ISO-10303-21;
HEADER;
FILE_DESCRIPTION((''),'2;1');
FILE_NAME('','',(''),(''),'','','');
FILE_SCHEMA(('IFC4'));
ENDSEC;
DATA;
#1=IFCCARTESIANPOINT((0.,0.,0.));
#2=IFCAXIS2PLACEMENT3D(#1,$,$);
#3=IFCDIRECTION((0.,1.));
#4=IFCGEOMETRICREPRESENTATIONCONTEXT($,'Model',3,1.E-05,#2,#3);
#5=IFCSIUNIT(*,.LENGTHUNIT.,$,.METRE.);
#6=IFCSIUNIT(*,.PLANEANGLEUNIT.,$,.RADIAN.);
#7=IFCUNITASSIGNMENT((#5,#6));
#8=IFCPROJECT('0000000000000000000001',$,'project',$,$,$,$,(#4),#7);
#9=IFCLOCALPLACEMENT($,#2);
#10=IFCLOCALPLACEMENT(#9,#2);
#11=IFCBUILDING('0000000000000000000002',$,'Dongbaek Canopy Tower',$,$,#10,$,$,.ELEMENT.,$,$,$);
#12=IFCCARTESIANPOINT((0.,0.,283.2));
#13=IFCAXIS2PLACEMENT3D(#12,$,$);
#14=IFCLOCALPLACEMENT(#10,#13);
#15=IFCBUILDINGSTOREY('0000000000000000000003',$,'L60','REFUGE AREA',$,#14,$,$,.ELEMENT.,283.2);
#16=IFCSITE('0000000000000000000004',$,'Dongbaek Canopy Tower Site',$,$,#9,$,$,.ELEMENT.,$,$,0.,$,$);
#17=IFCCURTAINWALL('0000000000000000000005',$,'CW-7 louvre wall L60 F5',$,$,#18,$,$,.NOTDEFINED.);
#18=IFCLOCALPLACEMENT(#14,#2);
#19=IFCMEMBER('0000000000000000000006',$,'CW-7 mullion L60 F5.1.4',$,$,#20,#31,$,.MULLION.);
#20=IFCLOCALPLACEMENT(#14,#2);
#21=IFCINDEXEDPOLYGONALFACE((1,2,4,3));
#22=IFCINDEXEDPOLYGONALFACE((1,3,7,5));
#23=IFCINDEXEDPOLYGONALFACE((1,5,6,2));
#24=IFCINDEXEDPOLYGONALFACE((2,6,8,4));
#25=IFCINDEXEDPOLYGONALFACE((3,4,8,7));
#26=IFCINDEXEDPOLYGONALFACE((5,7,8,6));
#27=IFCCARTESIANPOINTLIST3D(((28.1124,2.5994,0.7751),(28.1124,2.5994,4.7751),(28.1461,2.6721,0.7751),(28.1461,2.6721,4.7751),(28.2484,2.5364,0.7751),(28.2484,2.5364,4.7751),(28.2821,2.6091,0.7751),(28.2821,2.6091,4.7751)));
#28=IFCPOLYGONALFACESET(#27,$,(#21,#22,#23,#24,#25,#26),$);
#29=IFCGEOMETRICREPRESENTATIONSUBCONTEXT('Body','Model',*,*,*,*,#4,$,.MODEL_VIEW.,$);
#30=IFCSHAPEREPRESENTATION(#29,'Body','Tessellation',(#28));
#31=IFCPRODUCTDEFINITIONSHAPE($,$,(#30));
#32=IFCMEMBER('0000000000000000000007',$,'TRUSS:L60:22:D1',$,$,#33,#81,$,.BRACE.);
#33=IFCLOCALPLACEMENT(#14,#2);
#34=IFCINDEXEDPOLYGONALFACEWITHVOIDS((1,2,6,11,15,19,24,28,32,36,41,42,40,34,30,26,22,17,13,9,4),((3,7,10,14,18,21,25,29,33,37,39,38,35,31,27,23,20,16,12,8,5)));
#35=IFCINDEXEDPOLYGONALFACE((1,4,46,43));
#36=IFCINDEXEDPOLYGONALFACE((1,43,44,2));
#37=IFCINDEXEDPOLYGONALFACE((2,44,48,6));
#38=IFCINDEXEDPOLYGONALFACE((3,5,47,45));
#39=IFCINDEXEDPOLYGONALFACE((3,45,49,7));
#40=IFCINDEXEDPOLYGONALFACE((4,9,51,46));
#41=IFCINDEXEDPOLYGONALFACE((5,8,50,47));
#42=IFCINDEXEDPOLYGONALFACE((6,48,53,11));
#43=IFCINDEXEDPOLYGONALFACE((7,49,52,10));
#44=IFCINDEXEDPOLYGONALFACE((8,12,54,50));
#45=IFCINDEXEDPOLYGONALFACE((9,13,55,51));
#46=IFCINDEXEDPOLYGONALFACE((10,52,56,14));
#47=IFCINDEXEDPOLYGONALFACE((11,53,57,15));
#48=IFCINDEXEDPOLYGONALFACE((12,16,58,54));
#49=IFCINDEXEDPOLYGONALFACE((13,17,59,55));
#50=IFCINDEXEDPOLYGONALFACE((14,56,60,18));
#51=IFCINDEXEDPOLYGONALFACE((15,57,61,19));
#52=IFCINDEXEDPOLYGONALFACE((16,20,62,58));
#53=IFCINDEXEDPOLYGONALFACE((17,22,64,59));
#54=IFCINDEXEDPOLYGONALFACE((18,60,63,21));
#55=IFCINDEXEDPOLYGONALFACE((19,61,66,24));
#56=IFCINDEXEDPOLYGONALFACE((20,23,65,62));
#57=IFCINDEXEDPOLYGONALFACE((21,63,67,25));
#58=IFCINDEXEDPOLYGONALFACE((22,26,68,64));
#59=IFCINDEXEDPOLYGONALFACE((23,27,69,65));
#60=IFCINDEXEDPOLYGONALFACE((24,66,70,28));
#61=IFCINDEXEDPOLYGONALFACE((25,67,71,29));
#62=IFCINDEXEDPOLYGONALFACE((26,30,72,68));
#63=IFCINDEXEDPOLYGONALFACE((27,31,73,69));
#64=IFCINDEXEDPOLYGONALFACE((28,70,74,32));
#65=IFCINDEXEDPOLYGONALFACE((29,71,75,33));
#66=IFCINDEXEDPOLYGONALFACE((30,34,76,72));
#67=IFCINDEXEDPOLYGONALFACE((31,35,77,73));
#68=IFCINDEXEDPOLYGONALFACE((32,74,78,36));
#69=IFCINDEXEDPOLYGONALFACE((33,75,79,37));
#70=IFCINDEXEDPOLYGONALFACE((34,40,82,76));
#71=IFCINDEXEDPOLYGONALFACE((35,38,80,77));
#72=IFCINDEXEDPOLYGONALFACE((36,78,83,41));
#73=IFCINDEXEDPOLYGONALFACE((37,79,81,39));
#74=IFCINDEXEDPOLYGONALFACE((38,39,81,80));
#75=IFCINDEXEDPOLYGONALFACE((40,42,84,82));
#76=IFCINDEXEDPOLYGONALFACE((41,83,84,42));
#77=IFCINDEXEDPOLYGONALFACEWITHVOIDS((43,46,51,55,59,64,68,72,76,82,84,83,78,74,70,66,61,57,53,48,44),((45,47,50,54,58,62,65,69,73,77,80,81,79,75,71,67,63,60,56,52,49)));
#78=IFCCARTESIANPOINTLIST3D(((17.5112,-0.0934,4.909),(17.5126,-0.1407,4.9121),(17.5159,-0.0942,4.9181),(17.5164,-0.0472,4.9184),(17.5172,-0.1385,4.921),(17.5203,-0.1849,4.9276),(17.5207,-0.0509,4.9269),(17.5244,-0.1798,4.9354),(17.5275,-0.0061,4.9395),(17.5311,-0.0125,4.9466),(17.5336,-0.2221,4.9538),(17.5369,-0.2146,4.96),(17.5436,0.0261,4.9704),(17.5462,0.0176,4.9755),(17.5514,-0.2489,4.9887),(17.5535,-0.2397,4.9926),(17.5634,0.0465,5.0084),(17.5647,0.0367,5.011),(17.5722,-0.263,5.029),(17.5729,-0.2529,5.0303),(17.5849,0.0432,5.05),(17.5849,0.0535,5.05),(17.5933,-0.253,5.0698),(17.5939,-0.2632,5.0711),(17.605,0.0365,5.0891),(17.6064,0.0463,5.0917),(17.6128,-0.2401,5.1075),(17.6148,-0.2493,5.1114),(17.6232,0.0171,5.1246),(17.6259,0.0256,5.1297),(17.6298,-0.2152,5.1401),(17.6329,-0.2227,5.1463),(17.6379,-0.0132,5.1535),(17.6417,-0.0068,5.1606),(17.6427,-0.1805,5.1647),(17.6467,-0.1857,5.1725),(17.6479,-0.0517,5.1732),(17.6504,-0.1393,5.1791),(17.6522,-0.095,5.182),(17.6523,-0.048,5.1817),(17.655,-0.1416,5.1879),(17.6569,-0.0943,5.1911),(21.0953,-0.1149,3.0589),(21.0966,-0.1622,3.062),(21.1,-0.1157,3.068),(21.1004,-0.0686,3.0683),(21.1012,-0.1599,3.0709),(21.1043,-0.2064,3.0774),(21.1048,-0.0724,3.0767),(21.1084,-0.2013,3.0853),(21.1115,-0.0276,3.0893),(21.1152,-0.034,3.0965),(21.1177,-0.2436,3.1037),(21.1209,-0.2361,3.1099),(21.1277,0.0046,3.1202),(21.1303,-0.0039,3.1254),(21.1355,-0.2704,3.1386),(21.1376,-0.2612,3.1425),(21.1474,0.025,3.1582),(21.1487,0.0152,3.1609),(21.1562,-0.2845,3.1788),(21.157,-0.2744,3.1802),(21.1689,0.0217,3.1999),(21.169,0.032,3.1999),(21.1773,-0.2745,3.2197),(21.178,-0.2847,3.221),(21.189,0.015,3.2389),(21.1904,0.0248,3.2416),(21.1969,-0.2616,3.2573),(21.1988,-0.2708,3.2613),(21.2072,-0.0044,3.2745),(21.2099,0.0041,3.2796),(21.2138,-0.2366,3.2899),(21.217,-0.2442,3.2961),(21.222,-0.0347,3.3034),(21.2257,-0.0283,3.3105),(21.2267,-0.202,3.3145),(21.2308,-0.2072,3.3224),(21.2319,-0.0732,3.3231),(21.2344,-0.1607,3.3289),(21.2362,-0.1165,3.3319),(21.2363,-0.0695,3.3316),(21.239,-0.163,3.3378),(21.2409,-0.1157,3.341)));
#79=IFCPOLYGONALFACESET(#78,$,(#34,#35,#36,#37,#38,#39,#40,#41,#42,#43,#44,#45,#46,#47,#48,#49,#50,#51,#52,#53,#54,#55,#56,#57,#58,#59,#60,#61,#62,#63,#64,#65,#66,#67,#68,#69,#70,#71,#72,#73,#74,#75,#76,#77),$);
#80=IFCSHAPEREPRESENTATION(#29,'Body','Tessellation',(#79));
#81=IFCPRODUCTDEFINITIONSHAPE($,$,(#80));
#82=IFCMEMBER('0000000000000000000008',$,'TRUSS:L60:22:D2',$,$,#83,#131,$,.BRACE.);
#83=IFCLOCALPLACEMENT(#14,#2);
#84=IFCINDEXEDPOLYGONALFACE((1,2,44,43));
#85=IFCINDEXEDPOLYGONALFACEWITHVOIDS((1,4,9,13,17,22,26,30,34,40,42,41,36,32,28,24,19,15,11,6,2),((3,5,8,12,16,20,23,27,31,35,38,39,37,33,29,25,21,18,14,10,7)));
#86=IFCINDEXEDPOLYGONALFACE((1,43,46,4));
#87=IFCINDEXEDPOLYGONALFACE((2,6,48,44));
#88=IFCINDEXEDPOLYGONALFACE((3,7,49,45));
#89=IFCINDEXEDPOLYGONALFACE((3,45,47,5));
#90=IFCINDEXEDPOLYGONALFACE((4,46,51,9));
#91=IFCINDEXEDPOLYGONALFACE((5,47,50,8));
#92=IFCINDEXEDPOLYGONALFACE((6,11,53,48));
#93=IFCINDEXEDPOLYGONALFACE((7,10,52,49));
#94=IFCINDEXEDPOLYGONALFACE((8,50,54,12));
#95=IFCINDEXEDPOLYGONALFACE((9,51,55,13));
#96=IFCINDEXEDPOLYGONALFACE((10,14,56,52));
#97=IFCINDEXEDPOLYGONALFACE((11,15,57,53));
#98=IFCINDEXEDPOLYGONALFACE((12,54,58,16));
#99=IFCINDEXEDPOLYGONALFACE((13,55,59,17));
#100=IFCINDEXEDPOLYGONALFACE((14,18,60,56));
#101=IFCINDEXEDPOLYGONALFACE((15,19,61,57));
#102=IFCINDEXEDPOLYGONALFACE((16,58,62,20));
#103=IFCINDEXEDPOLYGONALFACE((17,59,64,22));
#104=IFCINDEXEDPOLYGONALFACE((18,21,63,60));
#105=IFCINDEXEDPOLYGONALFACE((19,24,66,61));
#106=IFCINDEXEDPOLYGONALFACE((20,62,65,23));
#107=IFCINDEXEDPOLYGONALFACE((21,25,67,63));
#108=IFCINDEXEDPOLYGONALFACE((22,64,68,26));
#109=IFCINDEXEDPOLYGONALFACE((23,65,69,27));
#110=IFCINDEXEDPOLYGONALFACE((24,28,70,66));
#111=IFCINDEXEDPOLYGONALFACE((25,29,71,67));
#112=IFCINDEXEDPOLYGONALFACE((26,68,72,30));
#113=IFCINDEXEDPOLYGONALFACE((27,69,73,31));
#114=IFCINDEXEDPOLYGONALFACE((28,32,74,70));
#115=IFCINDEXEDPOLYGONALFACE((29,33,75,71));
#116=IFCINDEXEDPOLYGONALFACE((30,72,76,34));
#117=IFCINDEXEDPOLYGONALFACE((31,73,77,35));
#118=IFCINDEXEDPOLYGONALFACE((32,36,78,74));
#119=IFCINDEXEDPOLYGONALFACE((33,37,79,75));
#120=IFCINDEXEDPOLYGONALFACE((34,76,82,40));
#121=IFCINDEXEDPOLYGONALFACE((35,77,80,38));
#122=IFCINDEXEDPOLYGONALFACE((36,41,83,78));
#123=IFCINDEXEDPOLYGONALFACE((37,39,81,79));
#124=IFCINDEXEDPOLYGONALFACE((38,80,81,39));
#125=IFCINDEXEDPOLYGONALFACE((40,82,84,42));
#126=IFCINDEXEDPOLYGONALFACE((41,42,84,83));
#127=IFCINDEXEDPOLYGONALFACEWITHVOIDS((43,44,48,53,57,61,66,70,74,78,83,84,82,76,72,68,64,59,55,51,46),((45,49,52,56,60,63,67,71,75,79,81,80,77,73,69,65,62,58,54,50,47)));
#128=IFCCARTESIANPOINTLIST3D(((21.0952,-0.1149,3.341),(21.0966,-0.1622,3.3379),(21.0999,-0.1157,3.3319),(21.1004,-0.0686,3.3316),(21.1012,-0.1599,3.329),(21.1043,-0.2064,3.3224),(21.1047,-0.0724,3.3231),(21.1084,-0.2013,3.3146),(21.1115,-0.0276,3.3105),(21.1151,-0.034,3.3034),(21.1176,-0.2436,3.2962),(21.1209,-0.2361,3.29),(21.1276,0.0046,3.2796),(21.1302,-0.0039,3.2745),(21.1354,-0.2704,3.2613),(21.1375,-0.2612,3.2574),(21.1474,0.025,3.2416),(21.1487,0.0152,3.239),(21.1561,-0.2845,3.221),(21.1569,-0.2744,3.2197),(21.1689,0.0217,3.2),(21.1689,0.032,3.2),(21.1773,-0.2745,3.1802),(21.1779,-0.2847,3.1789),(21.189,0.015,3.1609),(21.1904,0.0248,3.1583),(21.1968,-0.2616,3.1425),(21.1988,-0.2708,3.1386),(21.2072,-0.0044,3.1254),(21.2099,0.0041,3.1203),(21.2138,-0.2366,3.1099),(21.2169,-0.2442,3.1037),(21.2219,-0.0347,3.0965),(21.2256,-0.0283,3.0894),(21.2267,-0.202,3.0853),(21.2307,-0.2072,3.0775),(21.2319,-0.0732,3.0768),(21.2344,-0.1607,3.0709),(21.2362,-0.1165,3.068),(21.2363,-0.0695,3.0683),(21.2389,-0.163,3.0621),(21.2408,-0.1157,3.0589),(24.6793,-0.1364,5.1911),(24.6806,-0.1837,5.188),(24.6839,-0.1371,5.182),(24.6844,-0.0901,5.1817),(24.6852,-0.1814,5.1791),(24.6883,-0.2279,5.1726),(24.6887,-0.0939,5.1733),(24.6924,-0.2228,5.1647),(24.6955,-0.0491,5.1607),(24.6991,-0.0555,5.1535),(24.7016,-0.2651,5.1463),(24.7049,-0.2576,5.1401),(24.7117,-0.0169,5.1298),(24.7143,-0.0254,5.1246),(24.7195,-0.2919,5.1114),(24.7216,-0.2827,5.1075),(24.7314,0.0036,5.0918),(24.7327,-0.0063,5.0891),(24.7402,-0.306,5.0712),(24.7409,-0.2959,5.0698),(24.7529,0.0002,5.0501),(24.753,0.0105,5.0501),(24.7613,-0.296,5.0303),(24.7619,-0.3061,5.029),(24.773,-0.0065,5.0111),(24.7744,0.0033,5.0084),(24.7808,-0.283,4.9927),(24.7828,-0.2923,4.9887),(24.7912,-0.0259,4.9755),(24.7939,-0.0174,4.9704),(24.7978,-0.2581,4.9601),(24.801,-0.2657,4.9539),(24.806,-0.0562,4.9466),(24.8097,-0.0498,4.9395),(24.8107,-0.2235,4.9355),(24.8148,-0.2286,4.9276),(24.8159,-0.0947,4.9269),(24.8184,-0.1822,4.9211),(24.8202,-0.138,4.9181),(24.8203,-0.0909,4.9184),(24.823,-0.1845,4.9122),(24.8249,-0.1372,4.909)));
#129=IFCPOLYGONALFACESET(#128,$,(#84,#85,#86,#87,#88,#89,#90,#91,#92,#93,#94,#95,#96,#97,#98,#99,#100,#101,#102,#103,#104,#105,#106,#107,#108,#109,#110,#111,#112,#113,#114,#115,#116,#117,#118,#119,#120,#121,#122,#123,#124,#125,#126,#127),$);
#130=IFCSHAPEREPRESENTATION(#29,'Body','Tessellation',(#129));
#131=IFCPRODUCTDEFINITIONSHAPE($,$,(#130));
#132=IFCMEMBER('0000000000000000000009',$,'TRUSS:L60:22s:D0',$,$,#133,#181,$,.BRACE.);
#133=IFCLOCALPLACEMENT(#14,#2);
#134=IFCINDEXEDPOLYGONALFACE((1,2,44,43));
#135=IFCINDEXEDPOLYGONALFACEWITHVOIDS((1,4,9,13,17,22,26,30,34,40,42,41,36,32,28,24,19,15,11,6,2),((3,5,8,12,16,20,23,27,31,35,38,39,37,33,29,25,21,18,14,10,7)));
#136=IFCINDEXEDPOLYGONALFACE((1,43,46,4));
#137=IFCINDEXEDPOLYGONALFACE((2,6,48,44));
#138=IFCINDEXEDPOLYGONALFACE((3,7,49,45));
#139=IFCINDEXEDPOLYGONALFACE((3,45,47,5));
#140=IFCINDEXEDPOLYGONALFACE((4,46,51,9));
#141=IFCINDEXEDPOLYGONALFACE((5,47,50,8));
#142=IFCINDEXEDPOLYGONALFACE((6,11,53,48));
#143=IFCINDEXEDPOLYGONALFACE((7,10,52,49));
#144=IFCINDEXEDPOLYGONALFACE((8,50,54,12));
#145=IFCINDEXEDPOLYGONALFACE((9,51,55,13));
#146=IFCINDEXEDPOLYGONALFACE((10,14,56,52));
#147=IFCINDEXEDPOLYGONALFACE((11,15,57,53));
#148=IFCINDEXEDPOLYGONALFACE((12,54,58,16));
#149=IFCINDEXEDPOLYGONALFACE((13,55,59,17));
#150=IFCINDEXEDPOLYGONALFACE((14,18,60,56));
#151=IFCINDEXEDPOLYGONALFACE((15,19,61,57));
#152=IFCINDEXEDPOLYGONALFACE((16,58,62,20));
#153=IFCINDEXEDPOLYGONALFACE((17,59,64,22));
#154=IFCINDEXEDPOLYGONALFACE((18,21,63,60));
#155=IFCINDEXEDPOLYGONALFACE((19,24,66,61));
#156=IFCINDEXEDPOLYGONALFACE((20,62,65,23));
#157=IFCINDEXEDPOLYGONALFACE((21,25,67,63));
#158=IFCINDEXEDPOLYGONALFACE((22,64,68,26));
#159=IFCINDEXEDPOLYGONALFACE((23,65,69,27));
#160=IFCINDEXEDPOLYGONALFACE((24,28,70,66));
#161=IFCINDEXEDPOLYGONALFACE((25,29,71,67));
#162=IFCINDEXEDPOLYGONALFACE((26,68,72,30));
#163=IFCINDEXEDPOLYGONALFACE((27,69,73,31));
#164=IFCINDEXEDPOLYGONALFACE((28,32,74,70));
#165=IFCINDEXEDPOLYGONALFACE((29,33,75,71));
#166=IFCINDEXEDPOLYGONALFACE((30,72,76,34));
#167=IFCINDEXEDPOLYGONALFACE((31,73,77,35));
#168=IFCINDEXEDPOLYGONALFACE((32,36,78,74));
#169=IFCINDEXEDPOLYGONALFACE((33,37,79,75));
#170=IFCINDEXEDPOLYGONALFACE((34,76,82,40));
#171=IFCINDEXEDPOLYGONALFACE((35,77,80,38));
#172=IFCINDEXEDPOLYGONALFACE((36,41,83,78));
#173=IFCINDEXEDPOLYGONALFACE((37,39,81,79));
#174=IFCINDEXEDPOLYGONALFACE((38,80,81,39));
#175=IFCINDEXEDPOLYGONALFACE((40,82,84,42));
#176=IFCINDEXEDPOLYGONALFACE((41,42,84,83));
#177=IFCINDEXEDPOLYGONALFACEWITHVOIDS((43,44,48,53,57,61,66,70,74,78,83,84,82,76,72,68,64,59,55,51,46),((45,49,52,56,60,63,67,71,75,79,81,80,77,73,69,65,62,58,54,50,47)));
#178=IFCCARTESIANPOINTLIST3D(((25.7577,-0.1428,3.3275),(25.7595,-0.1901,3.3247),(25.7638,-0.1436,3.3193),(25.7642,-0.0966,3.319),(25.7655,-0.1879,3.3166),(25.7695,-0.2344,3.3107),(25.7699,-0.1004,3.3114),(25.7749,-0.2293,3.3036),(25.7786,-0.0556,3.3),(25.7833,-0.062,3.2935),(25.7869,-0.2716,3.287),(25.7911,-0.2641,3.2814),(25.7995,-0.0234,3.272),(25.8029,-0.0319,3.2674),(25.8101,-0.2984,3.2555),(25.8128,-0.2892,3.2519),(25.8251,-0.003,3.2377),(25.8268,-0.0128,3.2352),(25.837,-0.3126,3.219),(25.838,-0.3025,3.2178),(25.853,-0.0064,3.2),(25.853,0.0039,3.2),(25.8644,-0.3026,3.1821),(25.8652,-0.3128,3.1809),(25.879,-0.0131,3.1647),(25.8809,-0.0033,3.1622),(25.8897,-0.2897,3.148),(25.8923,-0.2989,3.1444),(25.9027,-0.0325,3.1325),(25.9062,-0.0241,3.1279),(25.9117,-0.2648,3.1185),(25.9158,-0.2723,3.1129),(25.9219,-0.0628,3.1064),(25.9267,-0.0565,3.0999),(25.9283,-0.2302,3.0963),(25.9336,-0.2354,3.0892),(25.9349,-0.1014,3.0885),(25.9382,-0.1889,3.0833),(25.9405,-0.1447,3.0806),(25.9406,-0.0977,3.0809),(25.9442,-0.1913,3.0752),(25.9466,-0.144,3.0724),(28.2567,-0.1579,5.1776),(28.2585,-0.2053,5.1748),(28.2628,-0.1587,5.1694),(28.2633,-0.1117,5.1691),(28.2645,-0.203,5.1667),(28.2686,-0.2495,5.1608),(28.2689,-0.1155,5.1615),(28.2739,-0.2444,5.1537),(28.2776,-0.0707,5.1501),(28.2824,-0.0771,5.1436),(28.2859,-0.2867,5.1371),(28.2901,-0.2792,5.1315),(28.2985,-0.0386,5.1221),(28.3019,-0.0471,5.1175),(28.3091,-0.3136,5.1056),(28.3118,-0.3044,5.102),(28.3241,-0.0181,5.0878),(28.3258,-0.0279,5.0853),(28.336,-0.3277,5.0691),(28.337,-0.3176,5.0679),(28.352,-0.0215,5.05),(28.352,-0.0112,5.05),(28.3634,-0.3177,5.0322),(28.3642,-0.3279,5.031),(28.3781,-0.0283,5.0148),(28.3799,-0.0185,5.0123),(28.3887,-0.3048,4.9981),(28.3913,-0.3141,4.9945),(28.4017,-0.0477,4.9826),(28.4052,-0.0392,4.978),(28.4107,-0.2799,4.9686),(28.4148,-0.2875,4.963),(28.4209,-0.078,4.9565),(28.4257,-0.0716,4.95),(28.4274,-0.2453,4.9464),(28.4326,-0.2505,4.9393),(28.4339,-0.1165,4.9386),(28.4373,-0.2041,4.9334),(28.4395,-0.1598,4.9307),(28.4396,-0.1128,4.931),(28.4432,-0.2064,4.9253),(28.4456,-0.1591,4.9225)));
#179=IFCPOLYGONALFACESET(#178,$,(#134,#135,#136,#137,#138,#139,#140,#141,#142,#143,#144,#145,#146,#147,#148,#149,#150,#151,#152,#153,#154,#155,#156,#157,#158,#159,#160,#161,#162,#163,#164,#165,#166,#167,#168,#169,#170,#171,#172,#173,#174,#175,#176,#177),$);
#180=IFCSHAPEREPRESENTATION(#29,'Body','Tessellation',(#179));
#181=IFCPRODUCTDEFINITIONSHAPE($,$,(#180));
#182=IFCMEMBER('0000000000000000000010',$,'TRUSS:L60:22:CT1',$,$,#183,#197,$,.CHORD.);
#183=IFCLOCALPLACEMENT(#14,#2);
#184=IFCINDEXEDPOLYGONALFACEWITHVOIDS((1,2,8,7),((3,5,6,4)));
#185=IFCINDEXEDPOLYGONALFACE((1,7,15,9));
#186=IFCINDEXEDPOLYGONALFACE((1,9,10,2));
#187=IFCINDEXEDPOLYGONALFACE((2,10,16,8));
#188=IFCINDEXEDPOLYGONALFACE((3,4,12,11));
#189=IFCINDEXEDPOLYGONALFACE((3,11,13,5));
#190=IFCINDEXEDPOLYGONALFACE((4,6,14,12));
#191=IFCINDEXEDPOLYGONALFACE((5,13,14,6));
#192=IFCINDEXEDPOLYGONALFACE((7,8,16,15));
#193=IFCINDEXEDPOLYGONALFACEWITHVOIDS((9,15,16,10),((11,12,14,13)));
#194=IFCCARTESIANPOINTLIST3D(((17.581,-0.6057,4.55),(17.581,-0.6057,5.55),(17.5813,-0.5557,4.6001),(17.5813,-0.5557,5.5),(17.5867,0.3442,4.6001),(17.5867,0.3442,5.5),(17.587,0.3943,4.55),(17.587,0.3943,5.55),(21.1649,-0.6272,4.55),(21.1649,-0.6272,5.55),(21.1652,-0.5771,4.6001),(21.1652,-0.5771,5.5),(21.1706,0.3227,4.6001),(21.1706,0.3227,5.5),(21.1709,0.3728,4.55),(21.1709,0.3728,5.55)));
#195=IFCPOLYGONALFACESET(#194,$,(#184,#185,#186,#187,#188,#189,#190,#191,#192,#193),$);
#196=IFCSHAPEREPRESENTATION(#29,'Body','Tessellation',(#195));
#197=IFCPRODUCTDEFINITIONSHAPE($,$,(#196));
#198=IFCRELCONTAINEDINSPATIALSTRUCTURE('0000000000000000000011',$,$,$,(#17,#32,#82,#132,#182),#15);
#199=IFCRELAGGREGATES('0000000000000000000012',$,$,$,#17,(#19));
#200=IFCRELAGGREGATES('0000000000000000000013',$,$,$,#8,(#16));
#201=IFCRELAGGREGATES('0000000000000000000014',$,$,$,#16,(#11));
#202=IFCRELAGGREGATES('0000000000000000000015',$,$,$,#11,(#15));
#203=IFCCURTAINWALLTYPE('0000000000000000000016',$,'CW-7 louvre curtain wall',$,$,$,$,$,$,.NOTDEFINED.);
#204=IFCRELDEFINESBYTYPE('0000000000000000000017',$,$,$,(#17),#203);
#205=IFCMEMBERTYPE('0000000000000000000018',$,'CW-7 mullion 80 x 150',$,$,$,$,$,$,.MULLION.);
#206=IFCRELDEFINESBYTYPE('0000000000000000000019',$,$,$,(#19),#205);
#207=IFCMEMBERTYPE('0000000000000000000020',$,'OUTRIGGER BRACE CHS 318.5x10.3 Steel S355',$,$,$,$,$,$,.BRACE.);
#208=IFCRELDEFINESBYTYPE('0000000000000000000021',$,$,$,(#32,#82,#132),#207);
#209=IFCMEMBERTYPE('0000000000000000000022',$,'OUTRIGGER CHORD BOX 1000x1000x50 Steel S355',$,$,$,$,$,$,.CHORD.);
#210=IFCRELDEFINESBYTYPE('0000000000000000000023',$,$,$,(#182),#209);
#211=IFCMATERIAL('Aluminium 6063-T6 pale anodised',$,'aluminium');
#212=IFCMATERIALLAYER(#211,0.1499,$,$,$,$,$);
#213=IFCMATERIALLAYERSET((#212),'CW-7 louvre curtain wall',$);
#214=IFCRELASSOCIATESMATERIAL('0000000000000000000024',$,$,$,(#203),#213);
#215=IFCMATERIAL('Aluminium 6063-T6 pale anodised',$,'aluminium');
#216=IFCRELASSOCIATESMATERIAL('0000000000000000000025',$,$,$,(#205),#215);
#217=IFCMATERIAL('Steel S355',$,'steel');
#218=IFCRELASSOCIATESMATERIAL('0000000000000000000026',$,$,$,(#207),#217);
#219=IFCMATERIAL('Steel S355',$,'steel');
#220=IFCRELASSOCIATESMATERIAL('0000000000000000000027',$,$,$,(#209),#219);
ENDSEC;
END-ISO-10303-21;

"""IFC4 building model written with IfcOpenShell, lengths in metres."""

from ifc_helpers import new_model, si_unit, direction, frame, origin, origin_2d, place, context, subcontext, project, spatial, rectangle, hollow_rectangle, hollow_circle, extrude, material, layer, layer_set, material_profile, profile_set, type_object, element, aggregate, save


model = new_model("IFC4")

# Units and contexts
model_context = context("Model", 3, precision=1e-05, world=origin(), true_north=direction((0.0, 1.0)))
body_context = subcontext(model_context, "Body", "Model", "MODEL_VIEW")
ifc_project = project(units=[si_unit("LENGTHUNIT", "METRE"), si_unit("PLANEANGLEUNIT", "RADIAN")], contexts=[model_context])

# Site, building, storey
site_placement = place(None, origin())
site = spatial("IfcSite", under=ifc_project, at=site_placement, Name="Dongbaek Canopy Tower Site", CompositionType="ELEMENT", RefElevation=0.0)
building_placement = place(site_placement, origin())
building = spatial("IfcBuilding", under=site, at=building_placement, Name="Dongbaek Canopy Tower", CompositionType="ELEMENT")
storey_placement = place(building_placement, frame((0.0, 0.0, 283.2)))
storey = spatial("IfcBuildingStorey", under=building, at=storey_placement, Name="L60", Description="REFUGE AREA", CompositionType="ELEMENT", Elevation=283.2)

# Curtain wall, member
ifc_material_1 = material(Name="Aluminium 6063-T6 pale anodised", Category="aluminium")
ifc_layer_1 = layer(ifc_material_1, 0.1499)
ifc_layer_set_1 = layer_set([ifc_layer_1], Name="CW-7 louvre curtain wall")
curtain_wall_type = type_object("IfcCurtainWallType", Name="CW-7 louvre curtain wall", PredefinedType="NOTDEFINED", material=ifc_layer_set_1)
curtain_wall_placement = place(storey_placement, origin())
curtain_wall = element("IfcCurtainWall", 1, at=curtain_wall_placement, inside=storey, type_object=curtain_wall_type, Name="CW-7 louvre wall L60 F5", PredefinedType="NOTDEFINED")
ifc_material_2 = material(Name="Aluminium 6063-T6 pale anodised", Category="aluminium")
ifc_material_profile_1 = material_profile(ifc_material_2, rectangle(XDim=0.1499, YDim=0.0801, at=origin_2d()), Name="CW-7 mullion 80 x 150")
ifc_profile_set_1 = profile_set([ifc_material_profile_1], Name="Aluminium 6063-T6 pale anodised")
member_type_1 = type_object("IfcMemberType", Name="CW-7 mullion 80 x 150", PredefinedType="MULLION", material=ifc_profile_set_1)
member_1_placement = place(storey_placement, frame((28.1973, 2.6042, 0.7751), z_axis=(0.0, 0.0, 1.0), x_axis=(0.907385, -0.4203, 0.0)))
member_1 = element("IfcMember", 2, at=member_1_placement, type_object=member_type_1, Name="CW-7 mullion L60 F5.1.4", PredefinedType="MULLION", context=body_context, shape_type="SweptSolid", body=[
    extrude(rectangle(XDim=0.1499, YDim=0.0801, at=origin_2d()), origin(), (0.0, 0.0, 1.0), 4.0),
])

# Members
ifc_material_3 = material(Name="Steel S355", Category="steel")
ifc_material_profile_2 = material_profile(ifc_material_3, hollow_circle(Radius=0.1592, WallThickness=0.0103, at=origin_2d()), Name="OUTRIGGER BRACE CHS 318.5x10.3 Steel S355")
ifc_profile_set_2 = profile_set([ifc_material_profile_2], Name="Steel S355")
member_type_2 = type_object("IfcMemberType", Name="OUTRIGGER BRACE CHS 318.5x10.3 Steel S355", PredefinedType="BRACE", material=ifc_profile_set_2)
for number, where, z_axis, x_axis, name in (
    (3, (17.584, -0.1057, 5.05), (0.888578, -0.005327, -0.458695), (0.005994, 0.999982, 0.0), "TRUSS:L60:22:D1"),
    (4, (21.168, -0.1272, 3.2), (0.888578, -0.005327, 0.458695), (0.005994, 0.999982, 0.0), "TRUSS:L60:22:D2"),
):
    element("IfcMember", number, at=place(storey_placement, frame(where, z_axis=z_axis, x_axis=x_axis)), inside=storey, type_object=member_type_2, Name=name, PredefinedType="BRACE", context=body_context, shape_type="SweptSolid", body=[
        extrude(hollow_circle(Radius=0.1592, WallThickness=0.0103, at=origin_2d()), origin(), (0.0, 0.0, 1.0), 4.0334),
    ])
member_2_placement = place(storey_placement, frame((25.8521, -0.1553, 3.2), z_axis=(0.803706, -0.004868, 0.595006), x_axis=(0.006057, 0.999982, 0.0)))
element("IfcMember", 5, at=member_2_placement, inside=storey, type_object=member_type_2, Name="TRUSS:L60:22s:D0", PredefinedType="BRACE", context=body_context, shape_type="SweptSolid", body=[
    extrude(hollow_circle(Radius=0.1592, WallThickness=0.0103, at=origin_2d()), origin(), (0.0, 0.0, 1.0), 3.1094),
])
ifc_material_4 = material(Name="Steel S355", Category="steel")
ifc_material_profile_3 = material_profile(ifc_material_4, hollow_rectangle(XDim=1.0, YDim=1.0, WallThickness=0.05, at=origin_2d()), Name="OUTRIGGER CHORD BOX 1000x1000x50 Steel S355")
ifc_profile_set_3 = profile_set([ifc_material_profile_3], Name="Steel S355")
member_type_3 = type_object("IfcMemberType", Name="OUTRIGGER CHORD BOX 1000x1000x50 Steel S355", PredefinedType="CHORD", material=ifc_profile_set_3)
for number, where, z_axis, x_axis, name in (
    (6, (17.584, -0.1057, 5.05), (0.999982, -0.005994, 0.0), (0.005994, 0.999982, 0.0), "TRUSS:L60:22:CT1"),
):
    element("IfcMember", number, at=place(storey_placement, frame(where, z_axis=z_axis, x_axis=x_axis)), inside=storey, type_object=member_type_3, Name=name, PredefinedType="CHORD", context=body_context, shape_type="SweptSolid", body=[
        extrude(hollow_rectangle(XDim=1.0, YDim=1.0, WallThickness=0.05, at=origin_2d()), origin(), (0.0, 0.0, 1.0), 3.584),
    ])

aggregate(curtain_wall, [member_1])

save(model, "model.ifc")
